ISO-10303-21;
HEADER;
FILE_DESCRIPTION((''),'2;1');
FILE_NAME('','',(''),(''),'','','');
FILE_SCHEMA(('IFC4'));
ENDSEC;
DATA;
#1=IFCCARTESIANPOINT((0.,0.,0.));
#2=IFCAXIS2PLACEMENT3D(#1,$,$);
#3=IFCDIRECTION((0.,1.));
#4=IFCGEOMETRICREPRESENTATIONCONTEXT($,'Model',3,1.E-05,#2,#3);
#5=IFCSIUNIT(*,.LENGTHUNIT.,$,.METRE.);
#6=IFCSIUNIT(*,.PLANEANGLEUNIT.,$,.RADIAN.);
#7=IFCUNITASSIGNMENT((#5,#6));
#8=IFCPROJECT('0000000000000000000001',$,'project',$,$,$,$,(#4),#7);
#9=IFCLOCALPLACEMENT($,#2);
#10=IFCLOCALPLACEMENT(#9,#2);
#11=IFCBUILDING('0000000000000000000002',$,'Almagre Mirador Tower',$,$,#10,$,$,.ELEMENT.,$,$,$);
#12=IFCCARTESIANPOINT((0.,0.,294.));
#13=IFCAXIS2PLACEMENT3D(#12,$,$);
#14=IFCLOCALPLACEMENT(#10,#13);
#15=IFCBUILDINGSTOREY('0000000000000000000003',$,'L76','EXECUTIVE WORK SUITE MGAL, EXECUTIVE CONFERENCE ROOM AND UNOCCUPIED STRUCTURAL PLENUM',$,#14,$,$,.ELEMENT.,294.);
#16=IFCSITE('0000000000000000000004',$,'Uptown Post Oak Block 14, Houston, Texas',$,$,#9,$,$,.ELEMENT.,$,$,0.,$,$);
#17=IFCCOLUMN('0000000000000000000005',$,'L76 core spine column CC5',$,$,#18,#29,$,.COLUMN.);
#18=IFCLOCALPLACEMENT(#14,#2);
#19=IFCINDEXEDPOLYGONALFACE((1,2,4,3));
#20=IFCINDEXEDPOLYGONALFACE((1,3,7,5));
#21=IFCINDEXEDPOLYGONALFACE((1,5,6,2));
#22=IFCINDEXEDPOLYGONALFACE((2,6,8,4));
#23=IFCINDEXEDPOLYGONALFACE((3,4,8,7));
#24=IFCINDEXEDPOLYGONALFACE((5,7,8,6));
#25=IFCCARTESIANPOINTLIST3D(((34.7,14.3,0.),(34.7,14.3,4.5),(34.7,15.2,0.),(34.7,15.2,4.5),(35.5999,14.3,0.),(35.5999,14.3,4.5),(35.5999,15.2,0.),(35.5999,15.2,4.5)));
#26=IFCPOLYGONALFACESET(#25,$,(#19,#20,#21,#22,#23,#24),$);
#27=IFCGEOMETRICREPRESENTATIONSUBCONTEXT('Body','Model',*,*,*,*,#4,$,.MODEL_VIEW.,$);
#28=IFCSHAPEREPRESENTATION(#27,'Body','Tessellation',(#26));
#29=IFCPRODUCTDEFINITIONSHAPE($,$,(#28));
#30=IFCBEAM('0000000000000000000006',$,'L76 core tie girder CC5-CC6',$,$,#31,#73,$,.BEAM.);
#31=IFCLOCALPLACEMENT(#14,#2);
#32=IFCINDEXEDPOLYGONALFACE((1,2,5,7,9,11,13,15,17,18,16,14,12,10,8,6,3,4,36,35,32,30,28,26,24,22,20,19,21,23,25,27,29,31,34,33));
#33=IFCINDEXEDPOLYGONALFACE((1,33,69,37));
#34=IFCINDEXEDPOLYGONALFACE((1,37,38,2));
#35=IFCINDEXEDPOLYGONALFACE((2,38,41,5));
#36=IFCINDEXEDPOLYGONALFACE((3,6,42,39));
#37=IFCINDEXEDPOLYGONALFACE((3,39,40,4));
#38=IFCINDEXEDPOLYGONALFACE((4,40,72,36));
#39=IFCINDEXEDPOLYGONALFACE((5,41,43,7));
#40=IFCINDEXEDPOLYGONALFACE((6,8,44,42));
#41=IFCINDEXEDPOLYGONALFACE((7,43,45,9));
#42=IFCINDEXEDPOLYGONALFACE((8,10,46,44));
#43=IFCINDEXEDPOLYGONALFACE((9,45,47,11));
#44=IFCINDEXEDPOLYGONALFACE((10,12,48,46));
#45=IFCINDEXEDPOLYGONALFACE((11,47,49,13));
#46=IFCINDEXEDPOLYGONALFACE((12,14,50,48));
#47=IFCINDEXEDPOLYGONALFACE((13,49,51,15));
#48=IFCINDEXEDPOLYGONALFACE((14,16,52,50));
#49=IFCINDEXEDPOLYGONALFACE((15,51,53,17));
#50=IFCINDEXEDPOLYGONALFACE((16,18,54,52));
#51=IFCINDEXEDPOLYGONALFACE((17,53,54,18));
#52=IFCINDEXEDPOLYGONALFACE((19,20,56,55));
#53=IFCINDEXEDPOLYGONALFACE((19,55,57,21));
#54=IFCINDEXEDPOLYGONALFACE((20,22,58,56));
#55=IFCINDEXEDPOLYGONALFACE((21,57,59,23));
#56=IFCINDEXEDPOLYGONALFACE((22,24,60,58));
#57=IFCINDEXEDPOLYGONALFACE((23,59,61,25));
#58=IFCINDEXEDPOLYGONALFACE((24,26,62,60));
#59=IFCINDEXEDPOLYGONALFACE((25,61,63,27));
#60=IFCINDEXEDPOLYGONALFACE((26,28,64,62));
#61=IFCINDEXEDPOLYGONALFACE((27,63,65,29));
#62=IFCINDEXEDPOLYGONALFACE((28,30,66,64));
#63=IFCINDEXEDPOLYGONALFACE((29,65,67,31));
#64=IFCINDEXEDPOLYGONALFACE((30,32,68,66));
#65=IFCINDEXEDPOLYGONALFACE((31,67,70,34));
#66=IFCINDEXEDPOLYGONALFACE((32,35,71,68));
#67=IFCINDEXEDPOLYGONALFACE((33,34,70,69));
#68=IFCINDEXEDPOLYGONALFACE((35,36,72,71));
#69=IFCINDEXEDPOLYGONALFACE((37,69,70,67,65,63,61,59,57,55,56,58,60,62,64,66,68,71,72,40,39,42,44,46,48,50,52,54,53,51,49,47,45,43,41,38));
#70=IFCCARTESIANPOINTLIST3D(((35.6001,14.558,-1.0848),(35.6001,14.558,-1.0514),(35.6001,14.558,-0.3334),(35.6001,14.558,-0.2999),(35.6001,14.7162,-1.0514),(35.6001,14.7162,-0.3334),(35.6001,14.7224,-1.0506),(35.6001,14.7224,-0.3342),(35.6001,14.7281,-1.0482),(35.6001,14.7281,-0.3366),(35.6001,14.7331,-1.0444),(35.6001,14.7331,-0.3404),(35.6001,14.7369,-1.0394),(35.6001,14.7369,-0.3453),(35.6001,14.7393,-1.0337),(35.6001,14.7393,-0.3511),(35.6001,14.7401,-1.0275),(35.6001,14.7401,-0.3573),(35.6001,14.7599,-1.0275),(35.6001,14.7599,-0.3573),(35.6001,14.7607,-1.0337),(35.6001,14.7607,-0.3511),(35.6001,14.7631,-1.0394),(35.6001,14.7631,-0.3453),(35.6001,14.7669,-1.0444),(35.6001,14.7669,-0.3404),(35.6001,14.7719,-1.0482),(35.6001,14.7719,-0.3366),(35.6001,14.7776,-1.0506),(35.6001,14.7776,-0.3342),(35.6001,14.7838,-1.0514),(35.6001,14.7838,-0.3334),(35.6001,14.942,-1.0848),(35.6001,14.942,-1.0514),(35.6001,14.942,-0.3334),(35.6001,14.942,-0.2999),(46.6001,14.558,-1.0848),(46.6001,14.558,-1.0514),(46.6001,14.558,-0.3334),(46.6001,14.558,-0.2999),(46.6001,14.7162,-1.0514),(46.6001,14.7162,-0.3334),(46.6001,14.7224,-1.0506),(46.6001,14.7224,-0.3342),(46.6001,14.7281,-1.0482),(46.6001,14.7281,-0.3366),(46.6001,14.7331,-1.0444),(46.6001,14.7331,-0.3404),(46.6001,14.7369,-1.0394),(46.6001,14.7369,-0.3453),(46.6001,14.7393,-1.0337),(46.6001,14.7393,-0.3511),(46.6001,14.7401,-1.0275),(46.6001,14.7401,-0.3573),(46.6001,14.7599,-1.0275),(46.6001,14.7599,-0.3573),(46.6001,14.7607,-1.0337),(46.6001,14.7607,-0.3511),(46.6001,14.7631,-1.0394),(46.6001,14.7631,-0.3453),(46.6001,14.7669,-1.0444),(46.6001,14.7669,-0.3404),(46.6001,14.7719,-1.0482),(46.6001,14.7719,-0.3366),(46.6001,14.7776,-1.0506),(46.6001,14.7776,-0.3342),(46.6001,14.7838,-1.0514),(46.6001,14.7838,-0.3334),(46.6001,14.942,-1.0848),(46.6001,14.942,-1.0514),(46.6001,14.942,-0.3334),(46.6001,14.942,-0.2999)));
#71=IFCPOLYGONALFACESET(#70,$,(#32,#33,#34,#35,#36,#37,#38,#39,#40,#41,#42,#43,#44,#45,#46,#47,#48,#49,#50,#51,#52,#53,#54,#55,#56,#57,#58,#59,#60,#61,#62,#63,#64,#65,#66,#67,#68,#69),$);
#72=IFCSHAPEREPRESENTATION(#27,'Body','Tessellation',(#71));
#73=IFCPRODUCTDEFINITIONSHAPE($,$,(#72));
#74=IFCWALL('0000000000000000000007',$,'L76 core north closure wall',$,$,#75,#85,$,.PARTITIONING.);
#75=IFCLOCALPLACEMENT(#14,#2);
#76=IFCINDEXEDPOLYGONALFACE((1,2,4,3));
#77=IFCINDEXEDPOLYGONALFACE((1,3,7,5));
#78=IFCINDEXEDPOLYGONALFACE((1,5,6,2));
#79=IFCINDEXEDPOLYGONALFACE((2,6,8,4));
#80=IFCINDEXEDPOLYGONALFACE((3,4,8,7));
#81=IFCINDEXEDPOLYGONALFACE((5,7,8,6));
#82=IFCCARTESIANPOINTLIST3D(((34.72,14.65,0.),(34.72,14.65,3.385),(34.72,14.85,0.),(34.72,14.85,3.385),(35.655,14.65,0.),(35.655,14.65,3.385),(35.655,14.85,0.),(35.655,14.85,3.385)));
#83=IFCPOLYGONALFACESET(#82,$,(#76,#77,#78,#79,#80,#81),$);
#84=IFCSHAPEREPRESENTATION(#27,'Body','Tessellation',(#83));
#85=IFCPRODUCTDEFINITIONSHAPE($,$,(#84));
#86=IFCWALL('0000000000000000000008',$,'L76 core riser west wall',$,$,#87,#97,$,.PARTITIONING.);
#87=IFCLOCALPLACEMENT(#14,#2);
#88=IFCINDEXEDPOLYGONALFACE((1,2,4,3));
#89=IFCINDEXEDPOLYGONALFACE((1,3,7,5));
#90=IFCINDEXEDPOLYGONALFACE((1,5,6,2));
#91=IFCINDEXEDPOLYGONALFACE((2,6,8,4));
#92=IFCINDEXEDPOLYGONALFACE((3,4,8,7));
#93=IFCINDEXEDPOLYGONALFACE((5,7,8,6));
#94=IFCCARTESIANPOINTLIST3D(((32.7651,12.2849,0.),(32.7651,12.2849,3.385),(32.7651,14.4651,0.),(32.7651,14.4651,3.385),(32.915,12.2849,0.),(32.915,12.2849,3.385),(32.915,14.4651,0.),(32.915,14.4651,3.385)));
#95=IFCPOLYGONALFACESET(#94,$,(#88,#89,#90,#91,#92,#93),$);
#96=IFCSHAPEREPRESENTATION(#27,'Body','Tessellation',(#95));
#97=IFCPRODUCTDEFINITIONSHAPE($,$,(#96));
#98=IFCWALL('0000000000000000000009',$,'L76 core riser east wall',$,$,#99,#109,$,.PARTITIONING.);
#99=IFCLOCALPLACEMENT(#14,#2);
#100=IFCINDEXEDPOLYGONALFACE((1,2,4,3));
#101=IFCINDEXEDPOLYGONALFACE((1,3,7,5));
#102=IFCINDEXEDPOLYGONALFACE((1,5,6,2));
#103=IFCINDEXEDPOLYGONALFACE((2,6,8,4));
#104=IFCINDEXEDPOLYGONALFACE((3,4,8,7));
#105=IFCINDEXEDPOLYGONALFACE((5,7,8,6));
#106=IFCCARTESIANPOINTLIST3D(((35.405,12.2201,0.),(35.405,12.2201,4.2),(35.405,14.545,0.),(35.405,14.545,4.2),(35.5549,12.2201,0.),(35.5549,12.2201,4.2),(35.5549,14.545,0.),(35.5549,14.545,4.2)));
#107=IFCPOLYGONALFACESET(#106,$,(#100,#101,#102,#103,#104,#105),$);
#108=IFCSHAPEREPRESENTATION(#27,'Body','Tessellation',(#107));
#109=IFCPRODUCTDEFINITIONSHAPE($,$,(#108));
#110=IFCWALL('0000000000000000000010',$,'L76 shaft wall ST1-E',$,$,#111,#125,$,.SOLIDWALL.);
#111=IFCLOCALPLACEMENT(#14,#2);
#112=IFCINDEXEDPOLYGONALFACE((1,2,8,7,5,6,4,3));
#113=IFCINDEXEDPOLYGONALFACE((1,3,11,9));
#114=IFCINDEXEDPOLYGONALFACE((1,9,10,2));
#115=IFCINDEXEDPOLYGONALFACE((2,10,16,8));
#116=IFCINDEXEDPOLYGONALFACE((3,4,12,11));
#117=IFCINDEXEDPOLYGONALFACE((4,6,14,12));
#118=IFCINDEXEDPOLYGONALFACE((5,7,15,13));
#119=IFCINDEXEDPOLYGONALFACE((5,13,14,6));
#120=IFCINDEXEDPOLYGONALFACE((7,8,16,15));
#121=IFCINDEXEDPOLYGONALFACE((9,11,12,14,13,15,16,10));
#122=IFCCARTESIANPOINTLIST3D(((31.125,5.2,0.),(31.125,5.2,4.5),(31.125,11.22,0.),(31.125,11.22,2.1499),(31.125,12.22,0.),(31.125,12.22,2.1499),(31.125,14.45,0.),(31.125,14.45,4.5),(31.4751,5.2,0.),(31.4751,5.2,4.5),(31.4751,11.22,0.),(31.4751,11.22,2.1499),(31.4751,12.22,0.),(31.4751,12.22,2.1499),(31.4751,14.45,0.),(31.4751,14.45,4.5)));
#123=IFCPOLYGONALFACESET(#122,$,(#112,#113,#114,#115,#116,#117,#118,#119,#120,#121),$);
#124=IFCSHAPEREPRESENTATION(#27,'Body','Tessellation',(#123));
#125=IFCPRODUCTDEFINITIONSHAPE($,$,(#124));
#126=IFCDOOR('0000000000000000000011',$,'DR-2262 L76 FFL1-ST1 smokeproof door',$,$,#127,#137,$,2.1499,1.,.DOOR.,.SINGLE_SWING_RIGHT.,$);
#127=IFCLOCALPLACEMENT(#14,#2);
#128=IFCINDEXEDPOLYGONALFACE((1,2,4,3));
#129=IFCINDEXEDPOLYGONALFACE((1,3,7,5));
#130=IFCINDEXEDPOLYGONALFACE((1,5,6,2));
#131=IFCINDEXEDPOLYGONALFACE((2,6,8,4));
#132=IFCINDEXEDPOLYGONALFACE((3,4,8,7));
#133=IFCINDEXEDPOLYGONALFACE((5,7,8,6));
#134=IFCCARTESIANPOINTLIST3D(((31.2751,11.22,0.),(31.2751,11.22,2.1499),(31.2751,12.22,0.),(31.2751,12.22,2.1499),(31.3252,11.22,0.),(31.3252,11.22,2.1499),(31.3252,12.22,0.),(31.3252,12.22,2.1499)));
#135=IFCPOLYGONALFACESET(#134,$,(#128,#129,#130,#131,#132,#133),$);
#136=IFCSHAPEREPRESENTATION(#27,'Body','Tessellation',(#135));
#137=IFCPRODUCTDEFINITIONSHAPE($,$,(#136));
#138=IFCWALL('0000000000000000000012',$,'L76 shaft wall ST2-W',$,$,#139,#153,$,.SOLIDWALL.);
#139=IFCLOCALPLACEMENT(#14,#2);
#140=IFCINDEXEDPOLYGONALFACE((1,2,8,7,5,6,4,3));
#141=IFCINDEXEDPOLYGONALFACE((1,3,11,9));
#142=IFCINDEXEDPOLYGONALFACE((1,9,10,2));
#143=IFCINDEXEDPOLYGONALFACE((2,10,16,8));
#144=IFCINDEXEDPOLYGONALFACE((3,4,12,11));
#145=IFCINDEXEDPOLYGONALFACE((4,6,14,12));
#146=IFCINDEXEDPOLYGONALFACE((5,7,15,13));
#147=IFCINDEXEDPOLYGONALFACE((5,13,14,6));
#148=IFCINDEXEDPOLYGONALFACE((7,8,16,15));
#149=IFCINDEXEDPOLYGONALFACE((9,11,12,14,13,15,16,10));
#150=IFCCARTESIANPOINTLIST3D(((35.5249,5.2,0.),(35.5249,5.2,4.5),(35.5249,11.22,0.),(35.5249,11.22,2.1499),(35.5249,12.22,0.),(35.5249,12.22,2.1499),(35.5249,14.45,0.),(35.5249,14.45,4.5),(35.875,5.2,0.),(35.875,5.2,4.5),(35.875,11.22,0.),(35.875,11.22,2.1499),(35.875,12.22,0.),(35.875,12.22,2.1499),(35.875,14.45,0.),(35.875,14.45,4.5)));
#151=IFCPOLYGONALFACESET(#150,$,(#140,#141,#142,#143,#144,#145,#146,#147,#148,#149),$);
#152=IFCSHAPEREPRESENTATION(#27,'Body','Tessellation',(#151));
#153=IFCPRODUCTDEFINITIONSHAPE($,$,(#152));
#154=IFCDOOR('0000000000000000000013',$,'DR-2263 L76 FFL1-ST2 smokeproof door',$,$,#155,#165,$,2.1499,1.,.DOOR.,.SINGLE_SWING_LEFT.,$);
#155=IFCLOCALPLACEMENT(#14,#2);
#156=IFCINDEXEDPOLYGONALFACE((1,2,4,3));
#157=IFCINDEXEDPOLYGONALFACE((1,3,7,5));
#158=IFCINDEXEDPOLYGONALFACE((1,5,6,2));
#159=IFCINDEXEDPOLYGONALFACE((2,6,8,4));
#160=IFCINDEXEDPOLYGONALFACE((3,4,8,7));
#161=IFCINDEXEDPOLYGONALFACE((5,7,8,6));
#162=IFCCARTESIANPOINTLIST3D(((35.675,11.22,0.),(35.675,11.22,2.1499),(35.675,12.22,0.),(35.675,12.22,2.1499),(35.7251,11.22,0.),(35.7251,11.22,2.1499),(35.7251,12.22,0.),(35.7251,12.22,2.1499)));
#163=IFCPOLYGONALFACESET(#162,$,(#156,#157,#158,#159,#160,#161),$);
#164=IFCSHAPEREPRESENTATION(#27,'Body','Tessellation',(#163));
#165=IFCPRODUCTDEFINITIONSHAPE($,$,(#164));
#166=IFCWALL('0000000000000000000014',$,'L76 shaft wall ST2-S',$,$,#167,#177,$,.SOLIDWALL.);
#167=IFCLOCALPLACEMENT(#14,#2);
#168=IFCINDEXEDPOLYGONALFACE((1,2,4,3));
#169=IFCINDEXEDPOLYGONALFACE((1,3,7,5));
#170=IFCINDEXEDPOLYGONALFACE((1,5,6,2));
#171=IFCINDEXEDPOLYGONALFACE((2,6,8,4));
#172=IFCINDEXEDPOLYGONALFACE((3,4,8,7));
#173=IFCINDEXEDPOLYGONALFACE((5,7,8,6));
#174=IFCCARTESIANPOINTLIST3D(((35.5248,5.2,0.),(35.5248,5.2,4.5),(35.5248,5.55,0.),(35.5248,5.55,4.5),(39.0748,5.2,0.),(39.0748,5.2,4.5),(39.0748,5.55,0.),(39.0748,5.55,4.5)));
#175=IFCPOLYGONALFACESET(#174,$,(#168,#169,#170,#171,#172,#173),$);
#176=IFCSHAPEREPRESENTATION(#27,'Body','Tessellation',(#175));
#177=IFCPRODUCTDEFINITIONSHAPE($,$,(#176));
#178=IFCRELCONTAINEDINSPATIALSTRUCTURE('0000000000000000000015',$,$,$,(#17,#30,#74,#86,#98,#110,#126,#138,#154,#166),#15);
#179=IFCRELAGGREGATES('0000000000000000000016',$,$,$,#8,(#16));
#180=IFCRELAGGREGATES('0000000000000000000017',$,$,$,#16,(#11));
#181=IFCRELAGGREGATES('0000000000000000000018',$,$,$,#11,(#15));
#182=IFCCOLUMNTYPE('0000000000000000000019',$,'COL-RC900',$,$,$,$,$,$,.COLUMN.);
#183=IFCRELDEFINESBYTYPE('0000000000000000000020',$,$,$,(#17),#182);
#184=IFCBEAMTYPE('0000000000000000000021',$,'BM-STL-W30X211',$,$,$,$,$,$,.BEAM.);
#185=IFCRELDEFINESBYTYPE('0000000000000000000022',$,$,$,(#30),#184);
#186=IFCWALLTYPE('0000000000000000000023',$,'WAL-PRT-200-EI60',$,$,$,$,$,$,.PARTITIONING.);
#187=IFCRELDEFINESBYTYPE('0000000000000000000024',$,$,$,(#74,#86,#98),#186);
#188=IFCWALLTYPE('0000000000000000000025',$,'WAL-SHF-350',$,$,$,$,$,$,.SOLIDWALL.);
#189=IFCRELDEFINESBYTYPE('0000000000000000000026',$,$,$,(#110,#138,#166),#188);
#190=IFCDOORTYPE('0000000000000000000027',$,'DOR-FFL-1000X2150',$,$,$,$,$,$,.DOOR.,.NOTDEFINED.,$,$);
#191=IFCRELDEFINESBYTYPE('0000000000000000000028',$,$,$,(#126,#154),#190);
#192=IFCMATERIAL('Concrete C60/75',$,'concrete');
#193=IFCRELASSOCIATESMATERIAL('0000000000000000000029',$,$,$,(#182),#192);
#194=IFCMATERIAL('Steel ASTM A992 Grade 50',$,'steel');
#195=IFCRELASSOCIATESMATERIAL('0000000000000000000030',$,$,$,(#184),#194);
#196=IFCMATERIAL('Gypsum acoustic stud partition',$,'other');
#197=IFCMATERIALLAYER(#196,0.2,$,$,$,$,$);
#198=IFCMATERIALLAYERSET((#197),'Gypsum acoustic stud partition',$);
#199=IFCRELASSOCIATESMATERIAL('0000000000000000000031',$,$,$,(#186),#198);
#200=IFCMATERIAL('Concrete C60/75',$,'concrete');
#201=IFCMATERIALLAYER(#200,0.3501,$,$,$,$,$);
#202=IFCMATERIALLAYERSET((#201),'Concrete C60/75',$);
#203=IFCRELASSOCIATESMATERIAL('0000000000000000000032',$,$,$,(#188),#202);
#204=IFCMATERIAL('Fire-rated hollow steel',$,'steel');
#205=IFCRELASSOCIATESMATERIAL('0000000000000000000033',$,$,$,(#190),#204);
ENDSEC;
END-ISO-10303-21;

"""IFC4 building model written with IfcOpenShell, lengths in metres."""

from ifc_helpers import new_model, si_unit, direction, frame, frame_2d, origin, origin_2d, place, context, subcontext, project, spatial, rectangle, i_section, extrude, material, layer, layer_set, material_profile, profile_set, type_object, element, fill, save


model = new_model("IFC4")

# Units and contexts
model_context = context("Model", 3, precision=1e-05, world=origin(), true_north=direction((0.0, 1.0)))
body_context = subcontext(model_context, "Body", "Model", "MODEL_VIEW")
ifc_project = project(units=[si_unit("LENGTHUNIT", "METRE"), si_unit("PLANEANGLEUNIT", "RADIAN")], contexts=[model_context])

# Site, building, storey
site_placement = place(None, origin())
site = spatial("IfcSite", under=ifc_project, at=site_placement, Name="Uptown Post Oak Block 14, Houston, Texas", CompositionType="ELEMENT", RefElevation=0.0)
building_placement = place(site_placement, origin())
building = spatial("IfcBuilding", under=site, at=building_placement, Name="Almagre Mirador Tower", CompositionType="ELEMENT")
storey_placement = place(building_placement, frame((0.0, 0.0, 294.0)))
storey = spatial("IfcBuildingStorey", under=building, at=storey_placement, Name="L76", Description="EXECUTIVE WORK SUITE MGAL, EXECUTIVE CONFERENCE ROOM AND UNOCCUPIED STRUCTURAL PLENUM", CompositionType="ELEMENT", Elevation=294.0)

# Column
ifc_material_1 = material(Name="Concrete C60/75", Category="concrete")
ifc_material_profile_1 = material_profile(ifc_material_1, rectangle(XDim=0.8999, YDim=0.8999, at=origin_2d()), Name="RC900X900")
ifc_profile_set_1 = profile_set([ifc_material_profile_1], Name="Concrete C60/75")
column_type = type_object("IfcColumnType", Name="COL-RC900", PredefinedType="COLUMN", material=ifc_profile_set_1)
column_placement = place(storey_placement, frame((35.1499, 14.75, 0.0), z_axis=(0.0, 0.0, 1.0), x_axis=(1.0, 0.0, 0.0)))
element("IfcColumn", 1, at=column_placement, inside=storey, type_object=column_type, Name="L76 core spine column CC5", PredefinedType="COLUMN", context=body_context, shape_type="SweptSolid", body=[
    extrude(rectangle(XDim=0.8999, YDim=0.8999, at=origin_2d()), origin(), (0.0, 0.0, 1.0), 4.5),
])

# Beam
ifc_material_2 = material(Name="Steel ASTM A992 Grade 50", Category="steel")
ifc_material_profile_2 = material_profile(ifc_material_2, i_section(OverallWidth=0.384, OverallDepth=0.7849, WebThickness=0.0198, FlangeThickness=0.0334, FilletRadius=0.0239, at=origin_2d()), Name="W30X211")
ifc_profile_set_2 = profile_set([ifc_material_profile_2], Name="Steel ASTM A992 Grade 50")
beam_type = type_object("IfcBeamType", Name="BM-STL-W30X211", PredefinedType="BEAM", material=ifc_profile_set_2)
beam_placement = place(storey_placement, frame((35.6001, 14.75, -0.6924), z_axis=(1.0, 0.0, 0.0), x_axis=(0.0, 1.0, 0.0)))
element("IfcBeam", 2, at=beam_placement, inside=storey, type_object=beam_type, Name="L76 core tie girder CC5-CC6", PredefinedType="BEAM", context=body_context, shape_type="SweptSolid", body=[
    extrude(i_section(OverallWidth=0.384, OverallDepth=0.7849, WebThickness=0.0198, FlangeThickness=0.0334, FilletRadius=0.0239, at=origin_2d()), origin(), (0.0, 0.0, 1.0), 11.0),
])

# Wall
ifc_material_3 = material(Name="Gypsum acoustic stud partition", Category="other")
ifc_layer_1 = layer(ifc_material_3, 0.2)
ifc_layer_set_1 = layer_set([ifc_layer_1], Name="Gypsum acoustic stud partition")
wall_type_1 = type_object("IfcWallType", Name="WAL-PRT-200-EI60", PredefinedType="PARTITIONING", material=ifc_layer_set_1)
wall_1_placement = place(storey_placement, frame((34.72, 14.75, 0.0), z_axis=(0.0, 0.0, 1.0), x_axis=(1.0, 0.0, 0.0)))
element("IfcWall", 3, at=wall_1_placement, inside=storey, type_object=wall_type_1, Name="L76 core north closure wall", PredefinedType="PARTITIONING", context=body_context, shape_type="SweptSolid", body=[
    extrude(rectangle(XDim=0.9351, YDim=0.2, at=frame_2d((0.4675, 0.0))), origin(), (0.0, 0.0, 1.0), 3.385),
])

# Walls
wall_2_placement = place(storey_placement, frame((32.8401, 12.2849, 0.0), z_axis=(0.0, 0.0, 1.0), x_axis=(0.0, 1.0, 0.0)))
element("IfcWall", 4, at=wall_2_placement, inside=storey, type_object=wall_type_1, Name="L76 core riser west wall", PredefinedType="PARTITIONING", context=body_context, shape_type="SweptSolid", body=[
    extrude(rectangle(XDim=2.1802, YDim=0.1499, at=frame_2d((1.0901, 0.0))), origin(), (0.0, 0.0, 1.0), 3.385),
])
wall_3_placement = place(storey_placement, frame((35.48, 12.22, 0.0), z_axis=(0.0, 0.0, 1.0), x_axis=(0.0, 1.0, 0.0)))
element("IfcWall", 5, at=wall_3_placement, inside=storey, type_object=wall_type_1, Name="L76 core riser east wall", PredefinedType="PARTITIONING", context=body_context, shape_type="SweptSolid", body=[
    extrude(rectangle(XDim=2.325, YDim=0.1499, at=frame_2d((1.1626, 0.0))), origin(), (0.0, 0.0, 1.0), 4.2),
])

# Walls, openings, doors
ifc_material_4 = material(Name="Concrete C60/75", Category="concrete")
ifc_layer_2 = layer(ifc_material_4, 0.3501)
ifc_layer_set_2 = layer_set([ifc_layer_2], Name="Concrete C60/75")
wall_type_2 = type_object("IfcWallType", Name="WAL-SHF-350", PredefinedType="SOLIDWALL", material=ifc_layer_set_2)
wall_4_placement = place(storey_placement, frame((31.3, 5.2, 0.0), z_axis=(0.0, 0.0, 1.0), x_axis=(0.0, 1.0, 0.0)))
wall_4 = element("IfcWall", 6, at=wall_4_placement, inside=storey, type_object=wall_type_2, Name="L76 shaft wall ST1-E", PredefinedType="SOLIDWALL", context=body_context, shape_type="SweptSolid", body=[
    extrude(rectangle(XDim=9.25, YDim=0.3501, at=frame_2d((4.625, 0.0))), origin(), (0.0, 0.0, 1.0), 4.5),
])
opening_1_placement = place(wall_4_placement, frame((6.02, 0.0, 0.0)))
opening_1 = element("IfcOpeningElement", 7, at=opening_1_placement, cuts=wall_4, PredefinedType="OPENING", context=body_context, shape_type="SweptSolid", body=[
    extrude(rectangle(XDim=1.0, YDim=2.1499, at=frame_2d((0.5, 1.075))), frame((0.0, 0.185, 0.0), z_axis=(0.0, -1.0, 0.0), x_axis=(1.0, 0.0, 0.0)), (0.0, 0.0, 1.0), 0.3701),
])
ifc_material_5 = material(Name="Fire-rated hollow steel", Category="steel")
door_type_1 = type_object("IfcDoorType", Name="DOR-FFL-1000X2150", OperationType="NOTDEFINED", PredefinedType="DOOR", material=ifc_material_5)
door_1_placement = place(opening_1_placement, origin())
door_1 = element("IfcDoor", 8, at=door_1_placement, inside=storey, type_object=door_type_1, Name="DR-2262 L76 FFL1-ST1 smokeproof door", OperationType="SINGLE_SWING_RIGHT", OverallHeight=2.1499, OverallWidth=1.0, PredefinedType="DOOR", context=body_context, shape_type="SweptSolid", body=[
    extrude(rectangle(XDim=1.0, YDim=2.1499, at=frame_2d((0.5, 1.075))), frame((0.0, 0.0249, 0.0), z_axis=(0.0, -1.0, 0.0), x_axis=(1.0, 0.0, 0.0)), (0.0, 0.0, 1.0), 0.05),
])
fill(opening_1, door_1)
wall_5_placement = place(storey_placement, frame((35.7, 5.2, 0.0), z_axis=(0.0, 0.0, 1.0), x_axis=(0.0, 1.0, 0.0)))
wall_5 = element("IfcWall", 9, at=wall_5_placement, inside=storey, type_object=wall_type_2, Name="L76 shaft wall ST2-W", PredefinedType="SOLIDWALL", context=body_context, shape_type="SweptSolid", body=[
    extrude(rectangle(XDim=9.25, YDim=0.3501, at=frame_2d((4.625, 0.0))), origin(), (0.0, 0.0, 1.0), 4.5),
])
opening_2_placement = place(wall_5_placement, frame((6.02, 0.0, 0.0)))
opening_2 = element("IfcOpeningElement", 10, at=opening_2_placement, cuts=wall_5, PredefinedType="OPENING", context=body_context, shape_type="SweptSolid", body=[
    extrude(rectangle(XDim=1.0, YDim=2.1499, at=frame_2d((0.5, 1.075))), frame((0.0, 0.185, 0.0), z_axis=(0.0, -1.0, 0.0), x_axis=(1.0, 0.0, 0.0)), (0.0, 0.0, 1.0), 0.3701),
])
door_2_placement = place(opening_2_placement, origin())
door_2 = element("IfcDoor", 11, at=door_2_placement, inside=storey, type_object=door_type_1, Name="DR-2263 L76 FFL1-ST2 smokeproof door", OperationType="SINGLE_SWING_LEFT", OverallHeight=2.1499, OverallWidth=1.0, PredefinedType="DOOR", context=body_context, shape_type="SweptSolid", body=[
    extrude(rectangle(XDim=1.0, YDim=2.1499, at=frame_2d((0.5, 1.075))), frame((0.0, 0.0249, 0.0), z_axis=(0.0, -1.0, 0.0), x_axis=(1.0, 0.0, 0.0)), (0.0, 0.0, 1.0), 0.05),
])
fill(opening_2, door_2)

# Wall
wall_6_placement = place(storey_placement, frame((35.5249, 5.375, 0.0), z_axis=(0.0, 0.0, 1.0), x_axis=(1.0, 0.0, 0.0)))
element("IfcWall", 12, at=wall_6_placement, inside=storey, type_object=wall_type_2, Name="L76 shaft wall ST2-S", PredefinedType="SOLIDWALL", context=body_context, shape_type="SweptSolid", body=[
    extrude(rectangle(XDim=3.55, YDim=0.3501, at=frame_2d((1.7749, 0.0))), origin(), (0.0, 0.0, 1.0), 4.5),
])

save(model, "model.ifc")
